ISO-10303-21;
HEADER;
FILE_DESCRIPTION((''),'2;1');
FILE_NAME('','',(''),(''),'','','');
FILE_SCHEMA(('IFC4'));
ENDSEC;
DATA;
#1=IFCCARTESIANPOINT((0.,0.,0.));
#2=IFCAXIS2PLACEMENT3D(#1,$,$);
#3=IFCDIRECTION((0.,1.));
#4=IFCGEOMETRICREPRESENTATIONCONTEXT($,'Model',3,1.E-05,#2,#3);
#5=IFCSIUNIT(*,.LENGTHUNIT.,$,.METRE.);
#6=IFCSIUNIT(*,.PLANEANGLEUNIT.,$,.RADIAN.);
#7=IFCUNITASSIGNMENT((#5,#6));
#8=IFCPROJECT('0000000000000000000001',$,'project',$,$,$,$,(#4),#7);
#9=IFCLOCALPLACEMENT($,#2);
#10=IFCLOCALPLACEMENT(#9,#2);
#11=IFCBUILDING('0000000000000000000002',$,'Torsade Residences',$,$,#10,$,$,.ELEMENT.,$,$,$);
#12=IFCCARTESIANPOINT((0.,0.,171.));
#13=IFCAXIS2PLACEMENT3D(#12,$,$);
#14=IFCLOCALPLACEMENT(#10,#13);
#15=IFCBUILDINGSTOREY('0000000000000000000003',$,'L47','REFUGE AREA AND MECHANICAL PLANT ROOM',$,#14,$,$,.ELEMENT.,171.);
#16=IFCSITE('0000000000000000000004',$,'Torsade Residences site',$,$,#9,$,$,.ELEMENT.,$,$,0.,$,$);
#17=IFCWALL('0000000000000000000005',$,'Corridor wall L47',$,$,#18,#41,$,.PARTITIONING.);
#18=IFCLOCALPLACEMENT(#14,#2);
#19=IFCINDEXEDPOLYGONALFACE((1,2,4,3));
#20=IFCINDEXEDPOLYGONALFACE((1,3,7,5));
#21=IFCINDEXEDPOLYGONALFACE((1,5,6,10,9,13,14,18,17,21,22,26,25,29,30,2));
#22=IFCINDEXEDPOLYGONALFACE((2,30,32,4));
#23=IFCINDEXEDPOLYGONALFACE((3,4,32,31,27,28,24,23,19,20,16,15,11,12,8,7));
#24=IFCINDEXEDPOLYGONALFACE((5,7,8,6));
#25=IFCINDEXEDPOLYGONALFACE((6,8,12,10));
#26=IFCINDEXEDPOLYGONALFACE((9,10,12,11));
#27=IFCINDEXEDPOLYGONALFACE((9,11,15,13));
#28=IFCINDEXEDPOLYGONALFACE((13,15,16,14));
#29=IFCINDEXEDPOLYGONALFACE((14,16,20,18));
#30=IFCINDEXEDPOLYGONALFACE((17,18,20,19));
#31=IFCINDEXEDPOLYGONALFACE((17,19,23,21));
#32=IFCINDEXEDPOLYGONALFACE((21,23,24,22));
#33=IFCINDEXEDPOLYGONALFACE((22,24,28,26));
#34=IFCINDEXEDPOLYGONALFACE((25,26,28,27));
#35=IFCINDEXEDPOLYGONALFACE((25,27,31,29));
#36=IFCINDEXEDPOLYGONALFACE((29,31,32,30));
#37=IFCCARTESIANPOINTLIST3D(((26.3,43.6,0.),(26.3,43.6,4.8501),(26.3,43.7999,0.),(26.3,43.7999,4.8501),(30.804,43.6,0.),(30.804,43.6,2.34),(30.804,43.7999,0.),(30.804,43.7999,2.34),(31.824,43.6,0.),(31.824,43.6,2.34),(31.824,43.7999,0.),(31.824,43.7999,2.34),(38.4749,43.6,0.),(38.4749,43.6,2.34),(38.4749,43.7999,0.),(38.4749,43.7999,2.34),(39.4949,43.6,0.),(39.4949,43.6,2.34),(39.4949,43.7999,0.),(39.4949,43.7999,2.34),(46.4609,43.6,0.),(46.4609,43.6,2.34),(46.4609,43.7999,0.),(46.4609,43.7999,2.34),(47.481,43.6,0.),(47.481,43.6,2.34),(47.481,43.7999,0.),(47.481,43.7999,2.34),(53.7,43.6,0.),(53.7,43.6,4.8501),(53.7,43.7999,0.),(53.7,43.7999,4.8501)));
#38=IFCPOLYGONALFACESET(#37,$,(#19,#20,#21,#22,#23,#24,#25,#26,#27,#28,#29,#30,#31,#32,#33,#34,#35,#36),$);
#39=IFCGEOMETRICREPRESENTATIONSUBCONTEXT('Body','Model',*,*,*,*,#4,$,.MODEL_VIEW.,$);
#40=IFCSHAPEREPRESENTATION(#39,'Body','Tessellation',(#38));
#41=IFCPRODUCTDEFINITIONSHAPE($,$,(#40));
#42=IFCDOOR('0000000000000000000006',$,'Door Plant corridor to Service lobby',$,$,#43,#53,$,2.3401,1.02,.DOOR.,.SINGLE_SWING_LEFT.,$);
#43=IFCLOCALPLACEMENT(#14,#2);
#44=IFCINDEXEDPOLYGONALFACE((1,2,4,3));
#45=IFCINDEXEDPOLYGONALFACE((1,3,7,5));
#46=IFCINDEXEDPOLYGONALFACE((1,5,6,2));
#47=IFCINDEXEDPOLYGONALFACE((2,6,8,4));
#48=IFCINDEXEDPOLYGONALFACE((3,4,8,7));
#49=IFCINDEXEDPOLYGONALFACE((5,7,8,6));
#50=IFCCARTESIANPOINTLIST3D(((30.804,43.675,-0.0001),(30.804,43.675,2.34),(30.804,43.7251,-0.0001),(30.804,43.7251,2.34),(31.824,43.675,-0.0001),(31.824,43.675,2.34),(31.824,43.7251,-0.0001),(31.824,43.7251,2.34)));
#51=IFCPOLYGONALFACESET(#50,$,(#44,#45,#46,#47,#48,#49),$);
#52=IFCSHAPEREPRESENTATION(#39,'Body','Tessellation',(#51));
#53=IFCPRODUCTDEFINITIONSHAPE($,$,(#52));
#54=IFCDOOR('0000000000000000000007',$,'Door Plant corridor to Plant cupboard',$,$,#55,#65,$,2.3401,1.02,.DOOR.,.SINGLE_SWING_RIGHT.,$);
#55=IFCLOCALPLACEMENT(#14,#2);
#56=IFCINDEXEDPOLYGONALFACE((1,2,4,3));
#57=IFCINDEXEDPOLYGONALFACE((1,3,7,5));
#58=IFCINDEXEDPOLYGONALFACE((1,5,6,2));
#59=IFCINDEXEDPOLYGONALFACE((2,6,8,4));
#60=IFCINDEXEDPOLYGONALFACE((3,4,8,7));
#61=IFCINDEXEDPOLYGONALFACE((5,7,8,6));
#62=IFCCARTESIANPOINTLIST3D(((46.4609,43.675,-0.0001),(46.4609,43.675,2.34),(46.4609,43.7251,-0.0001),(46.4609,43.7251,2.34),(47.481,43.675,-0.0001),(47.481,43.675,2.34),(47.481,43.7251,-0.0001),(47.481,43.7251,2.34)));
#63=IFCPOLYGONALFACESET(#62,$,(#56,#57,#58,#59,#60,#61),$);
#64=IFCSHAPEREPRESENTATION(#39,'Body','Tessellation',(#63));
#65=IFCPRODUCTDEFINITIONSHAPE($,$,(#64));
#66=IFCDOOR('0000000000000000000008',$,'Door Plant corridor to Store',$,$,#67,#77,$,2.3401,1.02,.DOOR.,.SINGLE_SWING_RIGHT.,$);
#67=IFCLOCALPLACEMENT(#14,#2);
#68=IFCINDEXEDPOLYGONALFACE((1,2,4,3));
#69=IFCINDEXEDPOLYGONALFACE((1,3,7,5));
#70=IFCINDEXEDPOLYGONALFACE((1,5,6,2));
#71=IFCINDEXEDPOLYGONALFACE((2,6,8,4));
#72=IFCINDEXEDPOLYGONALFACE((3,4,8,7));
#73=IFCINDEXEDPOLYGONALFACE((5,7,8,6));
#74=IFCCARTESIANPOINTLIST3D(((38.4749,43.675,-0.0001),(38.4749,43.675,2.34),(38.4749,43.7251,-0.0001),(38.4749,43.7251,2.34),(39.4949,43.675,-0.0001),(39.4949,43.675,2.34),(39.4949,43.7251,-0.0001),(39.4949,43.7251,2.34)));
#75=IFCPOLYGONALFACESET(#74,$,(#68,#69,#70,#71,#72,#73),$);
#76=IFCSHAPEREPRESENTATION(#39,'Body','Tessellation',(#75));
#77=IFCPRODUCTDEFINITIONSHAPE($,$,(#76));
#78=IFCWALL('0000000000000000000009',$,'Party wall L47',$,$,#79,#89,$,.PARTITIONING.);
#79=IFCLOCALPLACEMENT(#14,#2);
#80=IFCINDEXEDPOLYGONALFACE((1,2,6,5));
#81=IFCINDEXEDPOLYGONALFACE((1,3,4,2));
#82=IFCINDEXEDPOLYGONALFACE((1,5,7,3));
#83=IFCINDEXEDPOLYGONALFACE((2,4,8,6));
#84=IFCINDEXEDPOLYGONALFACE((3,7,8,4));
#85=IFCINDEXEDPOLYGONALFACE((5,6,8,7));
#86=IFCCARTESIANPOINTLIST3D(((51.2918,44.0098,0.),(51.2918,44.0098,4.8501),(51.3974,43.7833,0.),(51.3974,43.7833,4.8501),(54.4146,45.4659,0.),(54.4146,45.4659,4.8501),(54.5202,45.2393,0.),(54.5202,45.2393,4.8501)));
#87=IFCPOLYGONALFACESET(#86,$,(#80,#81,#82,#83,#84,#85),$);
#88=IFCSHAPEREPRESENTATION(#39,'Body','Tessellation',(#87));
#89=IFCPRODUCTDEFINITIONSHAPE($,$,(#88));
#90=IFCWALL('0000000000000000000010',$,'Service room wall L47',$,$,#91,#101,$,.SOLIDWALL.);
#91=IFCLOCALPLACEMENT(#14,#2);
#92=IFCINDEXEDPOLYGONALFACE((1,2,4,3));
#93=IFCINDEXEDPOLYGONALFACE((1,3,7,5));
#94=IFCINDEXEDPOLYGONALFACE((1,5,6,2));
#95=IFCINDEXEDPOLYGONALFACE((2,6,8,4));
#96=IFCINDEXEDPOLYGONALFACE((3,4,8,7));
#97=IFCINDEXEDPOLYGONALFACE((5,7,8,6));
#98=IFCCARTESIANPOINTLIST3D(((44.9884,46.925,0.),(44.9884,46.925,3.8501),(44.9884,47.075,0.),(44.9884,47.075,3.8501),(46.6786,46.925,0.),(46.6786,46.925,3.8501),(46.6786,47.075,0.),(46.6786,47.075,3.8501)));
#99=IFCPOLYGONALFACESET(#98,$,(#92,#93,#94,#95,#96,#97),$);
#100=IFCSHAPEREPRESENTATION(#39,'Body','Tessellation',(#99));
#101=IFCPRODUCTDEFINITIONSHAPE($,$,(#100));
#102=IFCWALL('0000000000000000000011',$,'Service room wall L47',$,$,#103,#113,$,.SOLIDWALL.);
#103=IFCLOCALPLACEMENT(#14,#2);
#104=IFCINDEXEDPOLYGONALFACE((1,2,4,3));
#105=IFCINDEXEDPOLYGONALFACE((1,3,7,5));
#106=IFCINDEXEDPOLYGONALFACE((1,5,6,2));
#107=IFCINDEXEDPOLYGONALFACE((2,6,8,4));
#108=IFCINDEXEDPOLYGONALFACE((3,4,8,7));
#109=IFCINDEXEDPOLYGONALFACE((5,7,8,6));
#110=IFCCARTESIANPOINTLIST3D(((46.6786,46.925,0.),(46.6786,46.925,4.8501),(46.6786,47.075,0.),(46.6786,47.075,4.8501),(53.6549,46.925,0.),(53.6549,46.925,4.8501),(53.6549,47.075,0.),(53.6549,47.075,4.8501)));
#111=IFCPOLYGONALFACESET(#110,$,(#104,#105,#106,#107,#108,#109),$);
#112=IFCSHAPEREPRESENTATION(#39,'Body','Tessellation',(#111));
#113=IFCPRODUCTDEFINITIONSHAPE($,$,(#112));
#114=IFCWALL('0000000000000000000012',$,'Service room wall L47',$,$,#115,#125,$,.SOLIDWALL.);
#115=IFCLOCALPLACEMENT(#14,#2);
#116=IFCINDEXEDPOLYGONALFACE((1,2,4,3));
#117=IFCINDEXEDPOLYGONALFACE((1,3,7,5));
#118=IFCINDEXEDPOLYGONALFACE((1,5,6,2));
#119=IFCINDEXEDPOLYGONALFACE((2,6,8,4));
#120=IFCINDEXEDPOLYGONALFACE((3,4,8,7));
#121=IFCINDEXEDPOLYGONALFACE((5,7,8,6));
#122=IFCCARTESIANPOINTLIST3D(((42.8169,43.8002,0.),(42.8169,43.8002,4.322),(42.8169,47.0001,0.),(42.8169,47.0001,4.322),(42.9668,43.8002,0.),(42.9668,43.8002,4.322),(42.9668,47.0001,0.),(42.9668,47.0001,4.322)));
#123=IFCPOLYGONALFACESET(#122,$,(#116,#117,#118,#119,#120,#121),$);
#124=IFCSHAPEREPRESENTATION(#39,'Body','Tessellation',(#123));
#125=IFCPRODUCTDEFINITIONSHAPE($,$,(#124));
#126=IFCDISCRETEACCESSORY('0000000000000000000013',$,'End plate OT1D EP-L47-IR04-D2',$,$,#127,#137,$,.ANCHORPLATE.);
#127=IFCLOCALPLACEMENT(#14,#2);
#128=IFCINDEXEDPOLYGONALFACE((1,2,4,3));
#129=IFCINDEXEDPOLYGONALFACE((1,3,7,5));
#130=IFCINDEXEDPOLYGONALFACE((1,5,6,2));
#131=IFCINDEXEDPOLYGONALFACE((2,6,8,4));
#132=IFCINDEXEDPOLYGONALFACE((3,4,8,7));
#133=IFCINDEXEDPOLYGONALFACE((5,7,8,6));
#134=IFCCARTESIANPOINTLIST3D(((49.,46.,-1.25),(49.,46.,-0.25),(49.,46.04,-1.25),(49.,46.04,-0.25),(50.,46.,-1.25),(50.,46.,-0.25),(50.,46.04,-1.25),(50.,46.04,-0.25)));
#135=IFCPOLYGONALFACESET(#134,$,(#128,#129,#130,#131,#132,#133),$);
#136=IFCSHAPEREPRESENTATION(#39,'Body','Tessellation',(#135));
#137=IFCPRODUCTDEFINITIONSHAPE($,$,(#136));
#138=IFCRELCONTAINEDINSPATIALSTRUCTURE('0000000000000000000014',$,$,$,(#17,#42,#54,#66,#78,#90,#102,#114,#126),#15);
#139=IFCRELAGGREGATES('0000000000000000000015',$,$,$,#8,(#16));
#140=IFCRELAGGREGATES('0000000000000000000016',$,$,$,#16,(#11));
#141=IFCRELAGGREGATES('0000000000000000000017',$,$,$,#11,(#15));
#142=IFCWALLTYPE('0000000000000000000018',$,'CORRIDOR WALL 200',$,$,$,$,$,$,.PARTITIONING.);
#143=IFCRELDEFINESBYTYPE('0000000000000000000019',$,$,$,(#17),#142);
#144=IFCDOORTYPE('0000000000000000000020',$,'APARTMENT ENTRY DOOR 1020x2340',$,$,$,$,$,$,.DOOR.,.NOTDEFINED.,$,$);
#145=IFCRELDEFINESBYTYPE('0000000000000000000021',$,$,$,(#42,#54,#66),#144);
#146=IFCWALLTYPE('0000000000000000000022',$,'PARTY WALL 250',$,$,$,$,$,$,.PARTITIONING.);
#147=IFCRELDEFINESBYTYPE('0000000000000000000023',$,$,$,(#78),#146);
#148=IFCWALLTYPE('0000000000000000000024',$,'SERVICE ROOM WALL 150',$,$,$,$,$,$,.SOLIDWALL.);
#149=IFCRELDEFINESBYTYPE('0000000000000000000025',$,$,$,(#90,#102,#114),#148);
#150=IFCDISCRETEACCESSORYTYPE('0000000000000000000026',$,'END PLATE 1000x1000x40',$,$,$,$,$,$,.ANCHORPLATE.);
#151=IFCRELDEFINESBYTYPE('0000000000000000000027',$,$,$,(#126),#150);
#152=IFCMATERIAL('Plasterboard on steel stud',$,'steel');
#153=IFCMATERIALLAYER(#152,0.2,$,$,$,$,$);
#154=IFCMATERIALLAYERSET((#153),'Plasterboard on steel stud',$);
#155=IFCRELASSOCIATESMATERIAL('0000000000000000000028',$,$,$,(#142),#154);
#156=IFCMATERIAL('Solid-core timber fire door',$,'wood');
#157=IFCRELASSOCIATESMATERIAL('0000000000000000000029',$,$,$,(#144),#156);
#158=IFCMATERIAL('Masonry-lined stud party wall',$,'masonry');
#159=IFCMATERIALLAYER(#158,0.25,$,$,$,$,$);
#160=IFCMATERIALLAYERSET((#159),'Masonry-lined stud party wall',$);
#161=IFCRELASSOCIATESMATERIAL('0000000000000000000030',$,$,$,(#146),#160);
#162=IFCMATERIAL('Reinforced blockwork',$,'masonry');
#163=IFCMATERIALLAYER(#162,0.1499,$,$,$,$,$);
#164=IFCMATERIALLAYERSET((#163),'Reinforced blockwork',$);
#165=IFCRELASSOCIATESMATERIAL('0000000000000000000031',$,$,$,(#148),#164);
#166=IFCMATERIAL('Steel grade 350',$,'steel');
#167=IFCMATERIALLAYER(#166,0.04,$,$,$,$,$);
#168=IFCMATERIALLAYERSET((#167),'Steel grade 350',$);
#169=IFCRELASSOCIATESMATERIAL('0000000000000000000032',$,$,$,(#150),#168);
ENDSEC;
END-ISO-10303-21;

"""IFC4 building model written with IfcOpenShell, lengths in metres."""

from ifc_helpers import new_model, si_unit, direction, frame, frame_2d, origin, origin_2d, place, context, subcontext, project, spatial, rectangle, extrude, material, layer, layer_set, type_object, element, fill, save


model = new_model("IFC4")

# Units and contexts
model_context = context("Model", 3, precision=1e-05, world=origin(), true_north=direction((0.0, 1.0)))
body_context = subcontext(model_context, "Body", "Model", "MODEL_VIEW")
ifc_project = project(units=[si_unit("LENGTHUNIT", "METRE"), si_unit("PLANEANGLEUNIT", "RADIAN")], contexts=[model_context])

# Site, building, storey
site_placement = place(None, origin())
site = spatial("IfcSite", under=ifc_project, at=site_placement, Name="Torsade Residences site", CompositionType="ELEMENT", RefElevation=0.0)
building_placement = place(site_placement, origin())
building = spatial("IfcBuilding", under=site, at=building_placement, Name="Torsade Residences", CompositionType="ELEMENT")
storey_placement = place(building_placement, frame((0.0, 0.0, 171.0)))
storey = spatial("IfcBuildingStorey", under=building, at=storey_placement, Name="L47", Description="REFUGE AREA AND MECHANICAL PLANT ROOM", CompositionType="ELEMENT", Elevation=171.0)

# Wall, openings, doors
ifc_material_1 = material(Name="Plasterboard on steel stud", Category="steel")
ifc_layer_1 = layer(ifc_material_1, 0.2)
ifc_layer_set_1 = layer_set([ifc_layer_1], Name="Plasterboard on steel stud")
wall_type_1 = type_object("IfcWallType", Name="CORRIDOR WALL 200", PredefinedType="PARTITIONING", material=ifc_layer_set_1)
wall_1_placement = place(storey_placement, frame((53.7, 43.7, 0.0), z_axis=(0.0, 0.0, 1.0), x_axis=(-1.0, 0.0, 0.0)))
wall_1 = element("IfcWall", 1, at=wall_1_placement, inside=storey, type_object=wall_type_1, Name="Corridor wall L47", PredefinedType="PARTITIONING", context=body_context, shape_type="SweptSolid", body=[
    extrude(rectangle(XDim=27.3999, YDim=0.2, at=frame_2d((13.7, 0.0))), origin(), (0.0, 0.0, 1.0), 4.8501),
])
opening_1_placement = place(wall_1_placement, frame((21.876, 0.0, 0.0)))
opening_1 = element("IfcOpeningElement", 2, at=opening_1_placement, cuts=wall_1, PredefinedType="OPENING", context=body_context, shape_type="SweptSolid", body=[
    extrude(rectangle(XDim=1.02, YDim=2.3401, at=frame_2d((0.51, 1.1699))), frame((0.0, 0.1099, 0.0), z_axis=(0.0, -1.0, 0.0), x_axis=(1.0, 0.0, 0.0)), (0.0, 0.0, 1.0), 0.22),
])
opening_2_placement = place(wall_1_placement, frame((6.219, 0.0, 0.0)))
opening_2 = element("IfcOpeningElement", 3, at=opening_2_placement, cuts=wall_1, PredefinedType="OPENING", context=body_context, shape_type="SweptSolid", body=[
    extrude(rectangle(XDim=1.02, YDim=2.3401, at=frame_2d((0.51, 1.1699))), frame((0.0, 0.1099, 0.0), z_axis=(0.0, -1.0, 0.0), x_axis=(1.0, 0.0, 0.0)), (0.0, 0.0, 1.0), 0.22),
])
opening_3_placement = place(wall_1_placement, frame((14.2051, 0.0, 0.0)))
opening_3 = element("IfcOpeningElement", 4, at=opening_3_placement, cuts=wall_1, PredefinedType="OPENING", context=body_context, shape_type="SweptSolid", body=[
    extrude(rectangle(XDim=1.02, YDim=2.3401, at=frame_2d((0.51, 1.1699))), frame((0.0, 0.1099, 0.0), z_axis=(0.0, -1.0, 0.0), x_axis=(1.0, 0.0, 0.0)), (0.0, 0.0, 1.0), 0.22),
])
ifc_material_2 = material(Name="Solid-core timber fire door", Category="wood")
door_type = type_object("IfcDoorType", Name="APARTMENT ENTRY DOOR 1020x2340", OperationType="NOTDEFINED", PredefinedType="DOOR", material=ifc_material_2)
door_1_placement = place(opening_1_placement, origin())
door_1 = element("IfcDoor", 5, at=door_1_placement, inside=storey, type_object=door_type, Name="Door Plant corridor to Service lobby", OperationType="SINGLE_SWING_LEFT", OverallHeight=2.3401, OverallWidth=1.02, PredefinedType="DOOR", context=body_context, shape_type="SweptSolid", body=[
    extrude(rectangle(XDim=1.02, YDim=2.3401, at=frame_2d((0.51, 1.1699))), frame((0.0, 0.0249, 0.0), z_axis=(0.0, -1.0, 0.0), x_axis=(1.0, 0.0, 0.0)), (0.0, 0.0, 1.0), 0.05),
])
fill(opening_1, door_1)
door_2_placement = place(opening_2_placement, origin())
door_2 = element("IfcDoor", 6, at=door_2_placement, inside=storey, type_object=door_type, Name="Door Plant corridor to Plant cupboard", OperationType="SINGLE_SWING_RIGHT", OverallHeight=2.3401, OverallWidth=1.02, PredefinedType="DOOR", context=body_context, shape_type="SweptSolid", body=[
    extrude(rectangle(XDim=1.02, YDim=2.3401, at=frame_2d((0.51, 1.1699))), frame((0.0, 0.0249, 0.0), z_axis=(0.0, -1.0, 0.0), x_axis=(1.0, 0.0, 0.0)), (0.0, 0.0, 1.0), 0.05),
])
fill(opening_2, door_2)
door_3_placement = place(opening_3_placement, origin())
door_3 = element("IfcDoor", 7, at=door_3_placement, inside=storey, type_object=door_type, Name="Door Plant corridor to Store", OperationType="SINGLE_SWING_RIGHT", OverallHeight=2.3401, OverallWidth=1.02, PredefinedType="DOOR", context=body_context, shape_type="SweptSolid", body=[
    extrude(rectangle(XDim=1.02, YDim=2.3401, at=frame_2d((0.51, 1.1699))), frame((0.0, 0.0249, 0.0), z_axis=(0.0, -1.0, 0.0), x_axis=(1.0, 0.0, 0.0)), (0.0, 0.0, 1.0), 0.05),
])
fill(opening_3, door_3)

# Walls
ifc_material_3 = material(Name="Masonry-lined stud party wall", Category="masonry")
ifc_layer_2 = layer(ifc_material_3, 0.25)
ifc_layer_set_2 = layer_set([ifc_layer_2], Name="Masonry-lined stud party wall")
wall_type_2 = type_object("IfcWallType", Name="PARTY WALL 250", PredefinedType="PARTITIONING", material=ifc_layer_set_2)
wall_2_placement = place(storey_placement, frame((54.4673, 45.3525, 0.0), z_axis=(0.0, 0.0, 1.0), x_axis=(-0.906322, -0.422587, 0.0)))
element("IfcWall", 8, at=wall_2_placement, inside=storey, type_object=wall_type_2, Name="Party wall L47", PredefinedType="PARTITIONING", context=body_context, shape_type="SweptSolid", body=[
    extrude(rectangle(XDim=3.4456, YDim=0.25, at=frame_2d((1.7227, 0.0))), origin(), (0.0, 0.0, 1.0), 4.8501),
])
ifc_material_4 = material(Name="Reinforced blockwork", Category="masonry")
ifc_layer_3 = layer(ifc_material_4, 0.1499)
ifc_layer_set_3 = layer_set([ifc_layer_3], Name="Reinforced blockwork")
wall_type_3 = type_object("IfcWallType", Name="SERVICE ROOM WALL 150", PredefinedType="SOLIDWALL", material=ifc_layer_set_3)
wall_3_placement = place(storey_placement, frame((44.9883, 47.0, 0.0), z_axis=(0.0, 0.0, 1.0), x_axis=(1.0, 0.0, 0.0)))
element("IfcWall", 9, at=wall_3_placement, inside=storey, type_object=wall_type_3, Name="Service room wall L47", PredefinedType="SOLIDWALL", context=body_context, shape_type="SweptSolid", body=[
    extrude(rectangle(XDim=1.6902, YDim=0.1499, at=frame_2d((0.8452, 0.0))), origin(), (0.0, 0.0, 1.0), 3.8501),
])
wall_4_placement = place(storey_placement, frame((46.6785, 47.0, 0.0), z_axis=(0.0, 0.0, 1.0), x_axis=(1.0, 0.0, 0.0)))
element("IfcWall", 10, at=wall_4_placement, inside=storey, type_object=wall_type_3, Name="Service room wall L47", PredefinedType="SOLIDWALL", context=body_context, shape_type="SweptSolid", body=[
    extrude(rectangle(XDim=6.9763, YDim=0.1499, at=frame_2d((3.4883, 0.0))), origin(), (0.0, 0.0, 1.0), 4.8501),
])
wall_5_placement = place(storey_placement, frame((42.8918, 43.8, 0.0), z_axis=(0.0, 0.0, 1.0), x_axis=(0.0, 1.0, 0.0)))
element("IfcWall", 11, at=wall_5_placement, inside=storey, type_object=wall_type_3, Name="Service room wall L47", PredefinedType="SOLIDWALL", context=body_context, shape_type="SweptSolid", body=[
    extrude(rectangle(XDim=3.2, YDim=0.1499, at=frame_2d((1.6001, 0.0))), origin(), (0.0, 0.0, 1.0), 4.322),
])

# Discrete accessory
ifc_material_5 = material(Name="Steel grade 350", Category="steel")
ifc_layer_4 = layer(ifc_material_5, 0.04)
ifc_layer_set_4 = layer_set([ifc_layer_4], Name="Steel grade 350")
discrete_accessory_type = type_object("IfcDiscreteAccessoryType", Name="END PLATE 1000x1000x40", PredefinedType="ANCHORPLATE", material=ifc_layer_set_4)
discrete_accessory_placement = place(storey_placement, frame((49.5, 46.02, -1.25), z_axis=(0.0, 0.0, 1.0), x_axis=(1.0, 0.0, 0.0)))
element("IfcDiscreteAccessory", 12, at=discrete_accessory_placement, inside=storey, type_object=discrete_accessory_type, Name="End plate OT1D EP-L47-IR04-D2", PredefinedType="ANCHORPLATE", context=body_context, shape_type="SweptSolid", body=[
    extrude(rectangle(XDim=1.0, YDim=0.04, at=origin_2d()), origin(), (0.0, 0.0, 1.0), 1.0),
])

save(model, "model.ifc")
